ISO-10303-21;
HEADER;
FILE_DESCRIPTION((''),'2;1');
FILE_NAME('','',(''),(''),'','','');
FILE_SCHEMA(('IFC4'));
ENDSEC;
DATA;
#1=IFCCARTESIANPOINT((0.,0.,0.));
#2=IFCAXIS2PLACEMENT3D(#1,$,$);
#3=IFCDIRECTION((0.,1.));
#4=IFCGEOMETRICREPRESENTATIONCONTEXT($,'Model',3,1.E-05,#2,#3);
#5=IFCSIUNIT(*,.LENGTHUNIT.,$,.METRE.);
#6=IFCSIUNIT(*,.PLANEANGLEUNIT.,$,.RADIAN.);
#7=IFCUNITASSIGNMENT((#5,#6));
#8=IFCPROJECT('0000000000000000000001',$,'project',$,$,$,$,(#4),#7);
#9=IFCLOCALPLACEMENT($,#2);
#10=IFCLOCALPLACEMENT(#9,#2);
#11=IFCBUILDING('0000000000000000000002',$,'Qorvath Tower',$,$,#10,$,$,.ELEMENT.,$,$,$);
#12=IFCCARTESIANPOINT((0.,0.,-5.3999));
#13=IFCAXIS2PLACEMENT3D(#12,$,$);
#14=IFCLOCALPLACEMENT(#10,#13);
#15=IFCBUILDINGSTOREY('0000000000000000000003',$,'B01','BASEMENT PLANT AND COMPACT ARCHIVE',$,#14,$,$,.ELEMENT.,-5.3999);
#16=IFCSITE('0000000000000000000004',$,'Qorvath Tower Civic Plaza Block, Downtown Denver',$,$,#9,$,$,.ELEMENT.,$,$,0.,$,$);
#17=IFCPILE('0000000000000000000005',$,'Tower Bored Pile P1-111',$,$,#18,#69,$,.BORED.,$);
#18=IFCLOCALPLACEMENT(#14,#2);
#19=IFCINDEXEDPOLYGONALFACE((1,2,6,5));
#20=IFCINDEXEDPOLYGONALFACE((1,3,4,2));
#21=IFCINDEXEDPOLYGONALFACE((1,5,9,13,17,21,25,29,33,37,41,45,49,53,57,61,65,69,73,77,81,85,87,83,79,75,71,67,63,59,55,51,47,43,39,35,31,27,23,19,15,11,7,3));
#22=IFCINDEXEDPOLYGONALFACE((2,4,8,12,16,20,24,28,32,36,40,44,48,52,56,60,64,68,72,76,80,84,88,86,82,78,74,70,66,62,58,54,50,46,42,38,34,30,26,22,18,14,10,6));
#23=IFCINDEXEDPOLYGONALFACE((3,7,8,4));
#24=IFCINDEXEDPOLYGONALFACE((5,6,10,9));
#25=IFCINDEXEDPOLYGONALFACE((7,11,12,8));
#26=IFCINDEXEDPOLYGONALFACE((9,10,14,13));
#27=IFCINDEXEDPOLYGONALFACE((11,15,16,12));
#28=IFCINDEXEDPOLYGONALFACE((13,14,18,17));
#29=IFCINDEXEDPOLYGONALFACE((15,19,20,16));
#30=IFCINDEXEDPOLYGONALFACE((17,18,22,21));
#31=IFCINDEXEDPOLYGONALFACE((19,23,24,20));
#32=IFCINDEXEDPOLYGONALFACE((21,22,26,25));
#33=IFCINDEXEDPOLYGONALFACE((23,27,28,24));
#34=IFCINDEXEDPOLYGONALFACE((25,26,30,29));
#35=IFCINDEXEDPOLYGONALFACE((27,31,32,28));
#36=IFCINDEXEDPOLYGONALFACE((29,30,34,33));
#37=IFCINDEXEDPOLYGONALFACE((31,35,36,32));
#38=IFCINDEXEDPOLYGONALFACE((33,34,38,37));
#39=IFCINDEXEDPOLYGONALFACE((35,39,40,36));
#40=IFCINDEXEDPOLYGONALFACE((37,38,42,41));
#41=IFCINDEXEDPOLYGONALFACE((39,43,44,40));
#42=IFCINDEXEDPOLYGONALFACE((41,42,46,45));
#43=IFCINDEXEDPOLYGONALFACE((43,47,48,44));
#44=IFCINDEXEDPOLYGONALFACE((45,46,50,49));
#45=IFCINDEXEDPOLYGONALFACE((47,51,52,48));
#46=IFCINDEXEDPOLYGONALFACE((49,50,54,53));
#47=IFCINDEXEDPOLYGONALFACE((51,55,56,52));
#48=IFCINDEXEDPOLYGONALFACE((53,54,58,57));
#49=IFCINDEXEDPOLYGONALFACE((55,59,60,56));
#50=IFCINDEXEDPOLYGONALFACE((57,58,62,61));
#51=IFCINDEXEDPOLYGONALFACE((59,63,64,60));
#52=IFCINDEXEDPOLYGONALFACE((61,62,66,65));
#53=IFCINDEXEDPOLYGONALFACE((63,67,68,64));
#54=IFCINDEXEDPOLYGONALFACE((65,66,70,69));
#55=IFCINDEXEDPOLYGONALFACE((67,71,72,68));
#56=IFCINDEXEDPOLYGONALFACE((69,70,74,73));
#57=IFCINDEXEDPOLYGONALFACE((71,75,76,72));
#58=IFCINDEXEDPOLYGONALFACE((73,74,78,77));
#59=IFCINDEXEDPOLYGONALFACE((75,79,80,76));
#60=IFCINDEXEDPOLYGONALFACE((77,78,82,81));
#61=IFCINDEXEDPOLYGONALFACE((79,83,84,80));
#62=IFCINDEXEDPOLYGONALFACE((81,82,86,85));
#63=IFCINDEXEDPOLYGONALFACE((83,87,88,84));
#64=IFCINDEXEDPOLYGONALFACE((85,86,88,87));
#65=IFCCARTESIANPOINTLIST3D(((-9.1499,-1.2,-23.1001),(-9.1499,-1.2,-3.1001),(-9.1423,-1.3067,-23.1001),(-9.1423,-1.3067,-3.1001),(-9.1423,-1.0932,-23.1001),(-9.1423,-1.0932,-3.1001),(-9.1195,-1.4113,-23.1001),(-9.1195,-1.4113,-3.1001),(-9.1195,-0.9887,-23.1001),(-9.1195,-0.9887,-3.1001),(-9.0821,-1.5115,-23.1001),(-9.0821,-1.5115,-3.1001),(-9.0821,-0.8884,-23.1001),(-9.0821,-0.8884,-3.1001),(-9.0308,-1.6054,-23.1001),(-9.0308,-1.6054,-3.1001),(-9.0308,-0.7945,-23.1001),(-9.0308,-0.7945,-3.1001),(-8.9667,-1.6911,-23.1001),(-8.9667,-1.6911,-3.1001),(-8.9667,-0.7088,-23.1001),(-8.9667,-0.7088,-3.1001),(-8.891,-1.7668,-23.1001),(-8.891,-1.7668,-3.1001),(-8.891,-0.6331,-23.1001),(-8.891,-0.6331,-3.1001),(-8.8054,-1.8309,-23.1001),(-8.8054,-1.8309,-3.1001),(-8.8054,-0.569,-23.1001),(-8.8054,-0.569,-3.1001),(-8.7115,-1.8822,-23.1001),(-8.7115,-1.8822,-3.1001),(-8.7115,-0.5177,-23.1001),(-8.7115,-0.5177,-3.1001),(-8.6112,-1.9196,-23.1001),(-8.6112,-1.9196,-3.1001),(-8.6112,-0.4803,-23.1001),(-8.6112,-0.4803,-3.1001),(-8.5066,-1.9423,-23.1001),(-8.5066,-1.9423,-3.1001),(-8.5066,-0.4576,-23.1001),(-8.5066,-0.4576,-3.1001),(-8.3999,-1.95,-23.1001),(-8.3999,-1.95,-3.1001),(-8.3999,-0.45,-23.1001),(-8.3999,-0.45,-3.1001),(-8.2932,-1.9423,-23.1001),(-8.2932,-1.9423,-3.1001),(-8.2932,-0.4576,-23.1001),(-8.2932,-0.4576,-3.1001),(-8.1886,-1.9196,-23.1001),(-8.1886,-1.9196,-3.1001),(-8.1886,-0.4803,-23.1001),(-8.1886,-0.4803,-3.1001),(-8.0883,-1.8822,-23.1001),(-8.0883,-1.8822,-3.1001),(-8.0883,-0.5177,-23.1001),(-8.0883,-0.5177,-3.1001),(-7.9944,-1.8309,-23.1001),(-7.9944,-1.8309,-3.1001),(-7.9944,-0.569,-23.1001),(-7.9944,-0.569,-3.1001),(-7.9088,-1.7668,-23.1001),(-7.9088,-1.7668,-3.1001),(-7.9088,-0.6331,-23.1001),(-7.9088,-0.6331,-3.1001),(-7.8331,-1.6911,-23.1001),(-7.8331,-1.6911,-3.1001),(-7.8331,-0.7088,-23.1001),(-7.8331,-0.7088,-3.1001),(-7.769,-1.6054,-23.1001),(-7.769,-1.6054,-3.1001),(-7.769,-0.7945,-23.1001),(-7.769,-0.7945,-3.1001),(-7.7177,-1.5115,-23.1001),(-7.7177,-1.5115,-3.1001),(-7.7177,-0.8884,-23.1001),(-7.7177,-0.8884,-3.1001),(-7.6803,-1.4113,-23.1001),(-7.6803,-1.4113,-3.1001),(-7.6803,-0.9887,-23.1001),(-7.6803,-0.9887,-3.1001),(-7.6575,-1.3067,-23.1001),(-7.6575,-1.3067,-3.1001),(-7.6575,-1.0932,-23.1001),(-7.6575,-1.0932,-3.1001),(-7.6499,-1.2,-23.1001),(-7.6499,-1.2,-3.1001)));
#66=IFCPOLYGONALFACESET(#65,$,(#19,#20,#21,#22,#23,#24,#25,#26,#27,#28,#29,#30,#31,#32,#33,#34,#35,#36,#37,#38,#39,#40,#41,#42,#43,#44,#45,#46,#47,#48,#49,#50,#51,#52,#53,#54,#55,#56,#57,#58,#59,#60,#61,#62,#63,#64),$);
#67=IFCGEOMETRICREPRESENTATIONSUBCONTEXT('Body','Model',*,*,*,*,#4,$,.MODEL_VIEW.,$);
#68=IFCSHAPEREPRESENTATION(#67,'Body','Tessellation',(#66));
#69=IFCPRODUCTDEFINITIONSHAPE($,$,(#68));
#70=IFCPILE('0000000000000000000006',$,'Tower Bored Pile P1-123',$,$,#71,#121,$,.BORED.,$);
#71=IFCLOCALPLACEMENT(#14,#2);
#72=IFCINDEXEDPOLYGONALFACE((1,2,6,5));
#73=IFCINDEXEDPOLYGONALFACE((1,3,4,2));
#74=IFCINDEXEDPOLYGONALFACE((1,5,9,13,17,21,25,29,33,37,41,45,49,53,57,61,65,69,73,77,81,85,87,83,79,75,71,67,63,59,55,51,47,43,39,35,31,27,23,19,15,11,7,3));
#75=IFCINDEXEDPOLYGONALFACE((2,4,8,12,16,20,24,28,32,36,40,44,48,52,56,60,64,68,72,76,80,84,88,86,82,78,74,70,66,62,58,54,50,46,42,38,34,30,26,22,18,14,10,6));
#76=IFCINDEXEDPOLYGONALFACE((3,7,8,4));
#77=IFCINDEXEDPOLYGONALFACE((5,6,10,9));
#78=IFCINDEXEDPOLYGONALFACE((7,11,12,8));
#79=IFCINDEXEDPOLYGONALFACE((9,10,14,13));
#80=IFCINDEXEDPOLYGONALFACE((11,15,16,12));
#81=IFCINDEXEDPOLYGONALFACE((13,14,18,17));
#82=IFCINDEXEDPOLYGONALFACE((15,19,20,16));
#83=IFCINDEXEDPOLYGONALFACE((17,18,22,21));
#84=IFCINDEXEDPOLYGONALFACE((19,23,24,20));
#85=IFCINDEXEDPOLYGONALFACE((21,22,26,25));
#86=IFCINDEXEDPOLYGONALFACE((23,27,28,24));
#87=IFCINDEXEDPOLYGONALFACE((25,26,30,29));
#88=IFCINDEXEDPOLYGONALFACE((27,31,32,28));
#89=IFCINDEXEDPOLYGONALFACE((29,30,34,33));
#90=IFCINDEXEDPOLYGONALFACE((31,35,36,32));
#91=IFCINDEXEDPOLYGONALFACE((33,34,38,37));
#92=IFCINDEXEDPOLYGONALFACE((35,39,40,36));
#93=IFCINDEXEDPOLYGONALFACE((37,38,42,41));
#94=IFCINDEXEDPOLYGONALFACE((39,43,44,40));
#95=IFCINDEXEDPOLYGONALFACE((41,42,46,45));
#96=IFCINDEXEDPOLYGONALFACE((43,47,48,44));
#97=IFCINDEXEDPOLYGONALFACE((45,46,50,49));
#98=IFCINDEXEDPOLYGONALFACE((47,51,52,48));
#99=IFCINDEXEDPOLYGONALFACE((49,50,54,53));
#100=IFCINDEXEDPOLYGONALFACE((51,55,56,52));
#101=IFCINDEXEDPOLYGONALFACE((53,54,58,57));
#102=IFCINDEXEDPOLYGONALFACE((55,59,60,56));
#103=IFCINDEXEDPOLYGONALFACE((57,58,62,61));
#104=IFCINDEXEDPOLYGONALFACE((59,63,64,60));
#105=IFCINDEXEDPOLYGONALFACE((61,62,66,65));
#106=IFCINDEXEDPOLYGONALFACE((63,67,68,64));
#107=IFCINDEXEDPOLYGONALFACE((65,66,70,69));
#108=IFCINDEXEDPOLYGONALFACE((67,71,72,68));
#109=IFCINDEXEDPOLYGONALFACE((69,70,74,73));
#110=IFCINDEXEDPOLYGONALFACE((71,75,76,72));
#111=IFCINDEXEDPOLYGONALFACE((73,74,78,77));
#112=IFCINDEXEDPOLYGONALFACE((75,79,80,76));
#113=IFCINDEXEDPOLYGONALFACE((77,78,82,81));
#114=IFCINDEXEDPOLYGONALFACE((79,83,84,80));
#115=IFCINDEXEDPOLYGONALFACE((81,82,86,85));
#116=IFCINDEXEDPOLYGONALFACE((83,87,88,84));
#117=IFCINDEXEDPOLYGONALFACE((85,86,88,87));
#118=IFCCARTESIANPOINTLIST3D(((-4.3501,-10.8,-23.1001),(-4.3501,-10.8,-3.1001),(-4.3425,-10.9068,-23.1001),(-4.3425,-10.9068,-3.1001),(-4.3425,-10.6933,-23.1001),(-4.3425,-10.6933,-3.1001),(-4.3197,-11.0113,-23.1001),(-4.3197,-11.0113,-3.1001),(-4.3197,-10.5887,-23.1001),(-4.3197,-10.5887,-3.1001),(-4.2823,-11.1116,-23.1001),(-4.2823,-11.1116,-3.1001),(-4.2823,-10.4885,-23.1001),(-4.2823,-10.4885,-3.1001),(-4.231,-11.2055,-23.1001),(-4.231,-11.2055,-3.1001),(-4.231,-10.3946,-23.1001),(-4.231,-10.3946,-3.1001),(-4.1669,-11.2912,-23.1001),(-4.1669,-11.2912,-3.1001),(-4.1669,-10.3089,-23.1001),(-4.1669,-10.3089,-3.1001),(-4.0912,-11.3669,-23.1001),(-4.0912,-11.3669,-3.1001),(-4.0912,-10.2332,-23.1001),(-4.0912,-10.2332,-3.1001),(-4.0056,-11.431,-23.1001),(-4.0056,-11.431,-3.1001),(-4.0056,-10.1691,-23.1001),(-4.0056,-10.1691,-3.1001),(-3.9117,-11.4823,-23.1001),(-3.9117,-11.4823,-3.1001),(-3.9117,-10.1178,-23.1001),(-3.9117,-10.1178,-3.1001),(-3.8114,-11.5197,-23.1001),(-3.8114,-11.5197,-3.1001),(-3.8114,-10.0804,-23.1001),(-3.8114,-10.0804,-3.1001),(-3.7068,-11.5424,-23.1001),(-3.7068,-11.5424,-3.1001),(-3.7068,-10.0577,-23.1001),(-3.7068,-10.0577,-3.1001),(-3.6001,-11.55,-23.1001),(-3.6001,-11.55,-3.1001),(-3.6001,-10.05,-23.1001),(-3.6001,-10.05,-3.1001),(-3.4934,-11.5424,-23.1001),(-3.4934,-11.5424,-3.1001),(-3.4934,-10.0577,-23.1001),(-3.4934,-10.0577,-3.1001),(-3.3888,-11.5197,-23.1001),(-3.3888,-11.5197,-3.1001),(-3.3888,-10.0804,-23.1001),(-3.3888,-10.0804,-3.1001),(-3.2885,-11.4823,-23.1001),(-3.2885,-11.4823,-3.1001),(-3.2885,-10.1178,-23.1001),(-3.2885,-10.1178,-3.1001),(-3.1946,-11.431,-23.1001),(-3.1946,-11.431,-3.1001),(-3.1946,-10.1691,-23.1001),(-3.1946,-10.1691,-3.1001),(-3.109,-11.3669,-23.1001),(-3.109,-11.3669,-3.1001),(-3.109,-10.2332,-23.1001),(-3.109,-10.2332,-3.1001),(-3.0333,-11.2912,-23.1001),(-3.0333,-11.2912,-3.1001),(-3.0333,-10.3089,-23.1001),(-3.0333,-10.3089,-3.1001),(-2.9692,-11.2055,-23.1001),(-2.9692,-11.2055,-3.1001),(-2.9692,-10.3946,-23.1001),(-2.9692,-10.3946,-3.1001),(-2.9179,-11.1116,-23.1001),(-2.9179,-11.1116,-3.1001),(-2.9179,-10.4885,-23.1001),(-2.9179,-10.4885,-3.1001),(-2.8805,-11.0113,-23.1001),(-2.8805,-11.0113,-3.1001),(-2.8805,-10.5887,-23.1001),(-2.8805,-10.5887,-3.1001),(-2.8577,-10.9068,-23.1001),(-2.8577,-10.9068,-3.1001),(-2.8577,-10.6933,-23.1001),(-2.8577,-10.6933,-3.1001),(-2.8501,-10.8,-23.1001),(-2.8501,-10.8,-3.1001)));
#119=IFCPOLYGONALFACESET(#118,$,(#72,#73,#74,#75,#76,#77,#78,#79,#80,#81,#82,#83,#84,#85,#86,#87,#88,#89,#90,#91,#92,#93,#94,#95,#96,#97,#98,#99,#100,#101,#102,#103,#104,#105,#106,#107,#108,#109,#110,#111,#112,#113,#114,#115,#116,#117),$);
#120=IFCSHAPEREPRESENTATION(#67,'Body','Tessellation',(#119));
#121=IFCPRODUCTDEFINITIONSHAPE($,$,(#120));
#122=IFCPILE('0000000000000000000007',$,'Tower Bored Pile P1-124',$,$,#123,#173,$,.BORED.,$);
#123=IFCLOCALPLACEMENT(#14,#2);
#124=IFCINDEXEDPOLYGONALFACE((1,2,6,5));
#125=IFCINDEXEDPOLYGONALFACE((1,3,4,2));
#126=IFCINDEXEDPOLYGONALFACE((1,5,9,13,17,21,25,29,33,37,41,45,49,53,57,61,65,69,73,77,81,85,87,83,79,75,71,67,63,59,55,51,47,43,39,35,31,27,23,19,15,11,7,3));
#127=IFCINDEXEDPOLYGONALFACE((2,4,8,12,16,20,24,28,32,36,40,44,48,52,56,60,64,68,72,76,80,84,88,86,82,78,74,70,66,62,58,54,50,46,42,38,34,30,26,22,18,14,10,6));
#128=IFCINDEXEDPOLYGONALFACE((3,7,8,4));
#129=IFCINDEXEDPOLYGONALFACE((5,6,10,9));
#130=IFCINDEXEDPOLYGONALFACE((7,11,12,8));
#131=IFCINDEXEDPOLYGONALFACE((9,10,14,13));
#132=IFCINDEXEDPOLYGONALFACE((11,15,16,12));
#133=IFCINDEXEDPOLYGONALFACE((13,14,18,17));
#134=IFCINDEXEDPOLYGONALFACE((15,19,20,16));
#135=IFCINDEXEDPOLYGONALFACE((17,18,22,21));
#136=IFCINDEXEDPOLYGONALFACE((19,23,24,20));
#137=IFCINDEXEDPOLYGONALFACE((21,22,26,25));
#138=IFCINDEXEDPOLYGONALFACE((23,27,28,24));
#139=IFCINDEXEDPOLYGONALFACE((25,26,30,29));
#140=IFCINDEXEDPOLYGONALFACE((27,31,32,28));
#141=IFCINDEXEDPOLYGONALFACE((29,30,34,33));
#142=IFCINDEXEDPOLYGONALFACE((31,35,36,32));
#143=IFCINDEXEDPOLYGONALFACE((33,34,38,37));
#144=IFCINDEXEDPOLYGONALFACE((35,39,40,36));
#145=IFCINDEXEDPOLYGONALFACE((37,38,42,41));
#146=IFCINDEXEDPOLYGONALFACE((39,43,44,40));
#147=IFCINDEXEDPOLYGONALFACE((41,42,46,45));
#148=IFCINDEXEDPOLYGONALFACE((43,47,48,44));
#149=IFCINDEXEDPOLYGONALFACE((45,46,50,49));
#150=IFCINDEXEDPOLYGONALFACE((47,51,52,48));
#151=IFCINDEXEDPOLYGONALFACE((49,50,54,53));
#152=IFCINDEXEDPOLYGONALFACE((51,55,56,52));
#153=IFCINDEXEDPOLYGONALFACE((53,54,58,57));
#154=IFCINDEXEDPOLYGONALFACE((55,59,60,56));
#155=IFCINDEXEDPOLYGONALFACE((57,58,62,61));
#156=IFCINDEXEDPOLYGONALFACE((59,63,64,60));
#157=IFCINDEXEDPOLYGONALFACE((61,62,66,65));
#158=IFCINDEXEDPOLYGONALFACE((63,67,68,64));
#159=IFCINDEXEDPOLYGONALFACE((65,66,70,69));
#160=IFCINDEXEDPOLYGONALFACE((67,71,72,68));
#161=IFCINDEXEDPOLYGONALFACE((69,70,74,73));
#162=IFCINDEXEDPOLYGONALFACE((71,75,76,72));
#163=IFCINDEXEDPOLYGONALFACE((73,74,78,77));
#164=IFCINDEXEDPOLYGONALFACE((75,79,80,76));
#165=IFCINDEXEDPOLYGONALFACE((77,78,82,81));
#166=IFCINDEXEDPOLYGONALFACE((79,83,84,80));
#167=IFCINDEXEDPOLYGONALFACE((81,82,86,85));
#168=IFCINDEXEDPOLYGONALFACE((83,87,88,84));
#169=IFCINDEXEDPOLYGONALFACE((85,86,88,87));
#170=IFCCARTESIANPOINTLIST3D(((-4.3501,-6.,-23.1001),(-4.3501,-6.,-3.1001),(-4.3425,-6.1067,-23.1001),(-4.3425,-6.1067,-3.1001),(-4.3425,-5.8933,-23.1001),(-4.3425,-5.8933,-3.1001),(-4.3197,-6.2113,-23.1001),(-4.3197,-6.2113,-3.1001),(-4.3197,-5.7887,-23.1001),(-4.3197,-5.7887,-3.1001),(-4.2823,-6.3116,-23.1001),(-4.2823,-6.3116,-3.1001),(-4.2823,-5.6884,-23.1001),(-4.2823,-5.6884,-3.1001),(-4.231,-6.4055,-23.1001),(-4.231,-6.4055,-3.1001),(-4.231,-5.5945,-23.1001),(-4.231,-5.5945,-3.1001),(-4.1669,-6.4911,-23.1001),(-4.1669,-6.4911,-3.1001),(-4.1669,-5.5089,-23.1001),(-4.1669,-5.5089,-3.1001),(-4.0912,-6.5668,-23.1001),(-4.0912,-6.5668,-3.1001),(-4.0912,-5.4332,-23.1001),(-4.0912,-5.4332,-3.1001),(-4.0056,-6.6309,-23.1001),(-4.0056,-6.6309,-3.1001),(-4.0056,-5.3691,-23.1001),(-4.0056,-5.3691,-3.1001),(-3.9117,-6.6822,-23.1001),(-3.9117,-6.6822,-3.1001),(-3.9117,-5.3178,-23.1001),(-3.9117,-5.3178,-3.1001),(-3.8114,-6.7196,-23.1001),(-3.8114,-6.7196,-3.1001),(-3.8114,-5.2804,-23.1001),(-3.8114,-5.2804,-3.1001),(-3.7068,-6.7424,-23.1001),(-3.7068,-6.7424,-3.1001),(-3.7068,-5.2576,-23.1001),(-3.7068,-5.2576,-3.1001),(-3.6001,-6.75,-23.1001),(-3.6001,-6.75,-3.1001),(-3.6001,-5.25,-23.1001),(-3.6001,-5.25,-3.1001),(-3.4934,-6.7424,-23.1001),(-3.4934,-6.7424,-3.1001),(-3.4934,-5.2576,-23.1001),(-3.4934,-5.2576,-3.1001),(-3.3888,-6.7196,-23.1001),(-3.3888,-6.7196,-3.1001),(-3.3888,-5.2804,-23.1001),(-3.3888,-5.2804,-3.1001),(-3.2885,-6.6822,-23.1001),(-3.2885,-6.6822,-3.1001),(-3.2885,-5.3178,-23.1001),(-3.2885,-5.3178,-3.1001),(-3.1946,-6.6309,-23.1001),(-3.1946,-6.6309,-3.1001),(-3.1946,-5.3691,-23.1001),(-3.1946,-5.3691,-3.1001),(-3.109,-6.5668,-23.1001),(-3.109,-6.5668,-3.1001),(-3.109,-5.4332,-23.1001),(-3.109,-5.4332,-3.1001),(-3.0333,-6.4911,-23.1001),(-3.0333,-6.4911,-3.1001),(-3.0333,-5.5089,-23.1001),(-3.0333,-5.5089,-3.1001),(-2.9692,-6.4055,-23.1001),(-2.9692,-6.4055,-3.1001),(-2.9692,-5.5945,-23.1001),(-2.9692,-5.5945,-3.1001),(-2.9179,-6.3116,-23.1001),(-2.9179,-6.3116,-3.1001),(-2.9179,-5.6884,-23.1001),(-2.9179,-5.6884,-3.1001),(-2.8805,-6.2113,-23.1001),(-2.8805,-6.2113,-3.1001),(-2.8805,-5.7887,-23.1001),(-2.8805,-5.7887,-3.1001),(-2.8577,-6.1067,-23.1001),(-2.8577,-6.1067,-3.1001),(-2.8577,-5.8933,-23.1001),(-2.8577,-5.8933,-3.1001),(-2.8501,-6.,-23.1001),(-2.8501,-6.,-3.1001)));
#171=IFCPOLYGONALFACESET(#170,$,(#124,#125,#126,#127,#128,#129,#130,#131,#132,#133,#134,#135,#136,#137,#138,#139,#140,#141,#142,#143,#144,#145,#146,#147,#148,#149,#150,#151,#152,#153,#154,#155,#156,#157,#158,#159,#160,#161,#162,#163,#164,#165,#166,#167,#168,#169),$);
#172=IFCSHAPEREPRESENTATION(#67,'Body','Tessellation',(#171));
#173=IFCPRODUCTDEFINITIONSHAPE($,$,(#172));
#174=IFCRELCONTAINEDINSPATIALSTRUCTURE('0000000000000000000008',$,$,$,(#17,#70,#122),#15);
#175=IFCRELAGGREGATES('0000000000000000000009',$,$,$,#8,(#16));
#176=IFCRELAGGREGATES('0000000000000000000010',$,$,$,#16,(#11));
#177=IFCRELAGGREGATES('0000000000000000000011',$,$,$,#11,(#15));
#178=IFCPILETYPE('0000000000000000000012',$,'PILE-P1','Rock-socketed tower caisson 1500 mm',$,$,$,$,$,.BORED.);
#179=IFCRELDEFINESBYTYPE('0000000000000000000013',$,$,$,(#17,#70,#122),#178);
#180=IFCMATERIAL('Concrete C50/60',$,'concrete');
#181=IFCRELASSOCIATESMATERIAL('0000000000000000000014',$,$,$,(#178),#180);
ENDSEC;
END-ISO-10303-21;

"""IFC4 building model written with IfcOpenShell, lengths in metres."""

from ifc_helpers import new_model, si_unit, direction, frame, origin, origin_2d, place, context, subcontext, project, spatial, circle, extrude, material, material_profile, profile_set, type_object, element, save


model = new_model("IFC4")

# Units and contexts
model_context = context("Model", 3, precision=1e-05, world=origin(), true_north=direction((0.0, 1.0)))
body_context = subcontext(model_context, "Body", "Model", "MODEL_VIEW")
ifc_project = project(units=[si_unit("LENGTHUNIT", "METRE"), si_unit("PLANEANGLEUNIT", "RADIAN")], contexts=[model_context])

# Site, building, storey
site_placement = place(None, origin())
site = spatial("IfcSite", under=ifc_project, at=site_placement, Name="Qorvath Tower Civic Plaza Block, Downtown Denver", CompositionType="ELEMENT", RefElevation=0.0)
building_placement = place(site_placement, origin())
building = spatial("IfcBuilding", under=site, at=building_placement, Name="Qorvath Tower", CompositionType="ELEMENT")
storey_placement = place(building_placement, frame((0.0, 0.0, -5.3999)))
storey = spatial("IfcBuildingStorey", under=building, at=storey_placement, Name="B01", Description="BASEMENT PLANT AND COMPACT ARCHIVE", CompositionType="ELEMENT", Elevation=-5.3999)

# Piles
ifc_material_1 = material(Name="Concrete C50/60", Category="concrete")
ifc_material_profile_1 = material_profile(ifc_material_1, circle(Radius=0.75, at=origin_2d()), Name="BORED PILE 1500")
ifc_profile_set_1 = profile_set([ifc_material_profile_1], Name="Concrete C50/60")
pile_type = type_object("IfcPileType", Name="PILE-P1", Description="Rock-socketed tower caisson 1500 mm", PredefinedType="BORED", material=ifc_profile_set_1)
for number, where, z_axis, x_axis, name in (
    (1, (-8.3999, -1.2, -3.1001), (0.0, 0.0, -1.0), (1.0, 0.0, 0.0), "Tower Bored Pile P1-111"),
    (2, (-3.6001, -10.8, -3.1001), (0.0, 0.0, -1.0), (1.0, 0.0, 0.0), "Tower Bored Pile P1-123"),
    (3, (-3.6001, -6.0, -3.1001), (0.0, 0.0, -1.0), (1.0, 0.0, 0.0), "Tower Bored Pile P1-124"),
):
    element("IfcPile", number, at=place(storey_placement, frame(where, z_axis=z_axis, x_axis=x_axis)), inside=storey, type_object=pile_type, Name=name, PredefinedType="BORED", context=body_context, shape_type="SweptSolid", body=[
        extrude(circle(Radius=0.75, at=origin_2d()), origin(), (0.0, 0.0, 1.0), 20.0),
    ])

save(model, "model.ifc")
